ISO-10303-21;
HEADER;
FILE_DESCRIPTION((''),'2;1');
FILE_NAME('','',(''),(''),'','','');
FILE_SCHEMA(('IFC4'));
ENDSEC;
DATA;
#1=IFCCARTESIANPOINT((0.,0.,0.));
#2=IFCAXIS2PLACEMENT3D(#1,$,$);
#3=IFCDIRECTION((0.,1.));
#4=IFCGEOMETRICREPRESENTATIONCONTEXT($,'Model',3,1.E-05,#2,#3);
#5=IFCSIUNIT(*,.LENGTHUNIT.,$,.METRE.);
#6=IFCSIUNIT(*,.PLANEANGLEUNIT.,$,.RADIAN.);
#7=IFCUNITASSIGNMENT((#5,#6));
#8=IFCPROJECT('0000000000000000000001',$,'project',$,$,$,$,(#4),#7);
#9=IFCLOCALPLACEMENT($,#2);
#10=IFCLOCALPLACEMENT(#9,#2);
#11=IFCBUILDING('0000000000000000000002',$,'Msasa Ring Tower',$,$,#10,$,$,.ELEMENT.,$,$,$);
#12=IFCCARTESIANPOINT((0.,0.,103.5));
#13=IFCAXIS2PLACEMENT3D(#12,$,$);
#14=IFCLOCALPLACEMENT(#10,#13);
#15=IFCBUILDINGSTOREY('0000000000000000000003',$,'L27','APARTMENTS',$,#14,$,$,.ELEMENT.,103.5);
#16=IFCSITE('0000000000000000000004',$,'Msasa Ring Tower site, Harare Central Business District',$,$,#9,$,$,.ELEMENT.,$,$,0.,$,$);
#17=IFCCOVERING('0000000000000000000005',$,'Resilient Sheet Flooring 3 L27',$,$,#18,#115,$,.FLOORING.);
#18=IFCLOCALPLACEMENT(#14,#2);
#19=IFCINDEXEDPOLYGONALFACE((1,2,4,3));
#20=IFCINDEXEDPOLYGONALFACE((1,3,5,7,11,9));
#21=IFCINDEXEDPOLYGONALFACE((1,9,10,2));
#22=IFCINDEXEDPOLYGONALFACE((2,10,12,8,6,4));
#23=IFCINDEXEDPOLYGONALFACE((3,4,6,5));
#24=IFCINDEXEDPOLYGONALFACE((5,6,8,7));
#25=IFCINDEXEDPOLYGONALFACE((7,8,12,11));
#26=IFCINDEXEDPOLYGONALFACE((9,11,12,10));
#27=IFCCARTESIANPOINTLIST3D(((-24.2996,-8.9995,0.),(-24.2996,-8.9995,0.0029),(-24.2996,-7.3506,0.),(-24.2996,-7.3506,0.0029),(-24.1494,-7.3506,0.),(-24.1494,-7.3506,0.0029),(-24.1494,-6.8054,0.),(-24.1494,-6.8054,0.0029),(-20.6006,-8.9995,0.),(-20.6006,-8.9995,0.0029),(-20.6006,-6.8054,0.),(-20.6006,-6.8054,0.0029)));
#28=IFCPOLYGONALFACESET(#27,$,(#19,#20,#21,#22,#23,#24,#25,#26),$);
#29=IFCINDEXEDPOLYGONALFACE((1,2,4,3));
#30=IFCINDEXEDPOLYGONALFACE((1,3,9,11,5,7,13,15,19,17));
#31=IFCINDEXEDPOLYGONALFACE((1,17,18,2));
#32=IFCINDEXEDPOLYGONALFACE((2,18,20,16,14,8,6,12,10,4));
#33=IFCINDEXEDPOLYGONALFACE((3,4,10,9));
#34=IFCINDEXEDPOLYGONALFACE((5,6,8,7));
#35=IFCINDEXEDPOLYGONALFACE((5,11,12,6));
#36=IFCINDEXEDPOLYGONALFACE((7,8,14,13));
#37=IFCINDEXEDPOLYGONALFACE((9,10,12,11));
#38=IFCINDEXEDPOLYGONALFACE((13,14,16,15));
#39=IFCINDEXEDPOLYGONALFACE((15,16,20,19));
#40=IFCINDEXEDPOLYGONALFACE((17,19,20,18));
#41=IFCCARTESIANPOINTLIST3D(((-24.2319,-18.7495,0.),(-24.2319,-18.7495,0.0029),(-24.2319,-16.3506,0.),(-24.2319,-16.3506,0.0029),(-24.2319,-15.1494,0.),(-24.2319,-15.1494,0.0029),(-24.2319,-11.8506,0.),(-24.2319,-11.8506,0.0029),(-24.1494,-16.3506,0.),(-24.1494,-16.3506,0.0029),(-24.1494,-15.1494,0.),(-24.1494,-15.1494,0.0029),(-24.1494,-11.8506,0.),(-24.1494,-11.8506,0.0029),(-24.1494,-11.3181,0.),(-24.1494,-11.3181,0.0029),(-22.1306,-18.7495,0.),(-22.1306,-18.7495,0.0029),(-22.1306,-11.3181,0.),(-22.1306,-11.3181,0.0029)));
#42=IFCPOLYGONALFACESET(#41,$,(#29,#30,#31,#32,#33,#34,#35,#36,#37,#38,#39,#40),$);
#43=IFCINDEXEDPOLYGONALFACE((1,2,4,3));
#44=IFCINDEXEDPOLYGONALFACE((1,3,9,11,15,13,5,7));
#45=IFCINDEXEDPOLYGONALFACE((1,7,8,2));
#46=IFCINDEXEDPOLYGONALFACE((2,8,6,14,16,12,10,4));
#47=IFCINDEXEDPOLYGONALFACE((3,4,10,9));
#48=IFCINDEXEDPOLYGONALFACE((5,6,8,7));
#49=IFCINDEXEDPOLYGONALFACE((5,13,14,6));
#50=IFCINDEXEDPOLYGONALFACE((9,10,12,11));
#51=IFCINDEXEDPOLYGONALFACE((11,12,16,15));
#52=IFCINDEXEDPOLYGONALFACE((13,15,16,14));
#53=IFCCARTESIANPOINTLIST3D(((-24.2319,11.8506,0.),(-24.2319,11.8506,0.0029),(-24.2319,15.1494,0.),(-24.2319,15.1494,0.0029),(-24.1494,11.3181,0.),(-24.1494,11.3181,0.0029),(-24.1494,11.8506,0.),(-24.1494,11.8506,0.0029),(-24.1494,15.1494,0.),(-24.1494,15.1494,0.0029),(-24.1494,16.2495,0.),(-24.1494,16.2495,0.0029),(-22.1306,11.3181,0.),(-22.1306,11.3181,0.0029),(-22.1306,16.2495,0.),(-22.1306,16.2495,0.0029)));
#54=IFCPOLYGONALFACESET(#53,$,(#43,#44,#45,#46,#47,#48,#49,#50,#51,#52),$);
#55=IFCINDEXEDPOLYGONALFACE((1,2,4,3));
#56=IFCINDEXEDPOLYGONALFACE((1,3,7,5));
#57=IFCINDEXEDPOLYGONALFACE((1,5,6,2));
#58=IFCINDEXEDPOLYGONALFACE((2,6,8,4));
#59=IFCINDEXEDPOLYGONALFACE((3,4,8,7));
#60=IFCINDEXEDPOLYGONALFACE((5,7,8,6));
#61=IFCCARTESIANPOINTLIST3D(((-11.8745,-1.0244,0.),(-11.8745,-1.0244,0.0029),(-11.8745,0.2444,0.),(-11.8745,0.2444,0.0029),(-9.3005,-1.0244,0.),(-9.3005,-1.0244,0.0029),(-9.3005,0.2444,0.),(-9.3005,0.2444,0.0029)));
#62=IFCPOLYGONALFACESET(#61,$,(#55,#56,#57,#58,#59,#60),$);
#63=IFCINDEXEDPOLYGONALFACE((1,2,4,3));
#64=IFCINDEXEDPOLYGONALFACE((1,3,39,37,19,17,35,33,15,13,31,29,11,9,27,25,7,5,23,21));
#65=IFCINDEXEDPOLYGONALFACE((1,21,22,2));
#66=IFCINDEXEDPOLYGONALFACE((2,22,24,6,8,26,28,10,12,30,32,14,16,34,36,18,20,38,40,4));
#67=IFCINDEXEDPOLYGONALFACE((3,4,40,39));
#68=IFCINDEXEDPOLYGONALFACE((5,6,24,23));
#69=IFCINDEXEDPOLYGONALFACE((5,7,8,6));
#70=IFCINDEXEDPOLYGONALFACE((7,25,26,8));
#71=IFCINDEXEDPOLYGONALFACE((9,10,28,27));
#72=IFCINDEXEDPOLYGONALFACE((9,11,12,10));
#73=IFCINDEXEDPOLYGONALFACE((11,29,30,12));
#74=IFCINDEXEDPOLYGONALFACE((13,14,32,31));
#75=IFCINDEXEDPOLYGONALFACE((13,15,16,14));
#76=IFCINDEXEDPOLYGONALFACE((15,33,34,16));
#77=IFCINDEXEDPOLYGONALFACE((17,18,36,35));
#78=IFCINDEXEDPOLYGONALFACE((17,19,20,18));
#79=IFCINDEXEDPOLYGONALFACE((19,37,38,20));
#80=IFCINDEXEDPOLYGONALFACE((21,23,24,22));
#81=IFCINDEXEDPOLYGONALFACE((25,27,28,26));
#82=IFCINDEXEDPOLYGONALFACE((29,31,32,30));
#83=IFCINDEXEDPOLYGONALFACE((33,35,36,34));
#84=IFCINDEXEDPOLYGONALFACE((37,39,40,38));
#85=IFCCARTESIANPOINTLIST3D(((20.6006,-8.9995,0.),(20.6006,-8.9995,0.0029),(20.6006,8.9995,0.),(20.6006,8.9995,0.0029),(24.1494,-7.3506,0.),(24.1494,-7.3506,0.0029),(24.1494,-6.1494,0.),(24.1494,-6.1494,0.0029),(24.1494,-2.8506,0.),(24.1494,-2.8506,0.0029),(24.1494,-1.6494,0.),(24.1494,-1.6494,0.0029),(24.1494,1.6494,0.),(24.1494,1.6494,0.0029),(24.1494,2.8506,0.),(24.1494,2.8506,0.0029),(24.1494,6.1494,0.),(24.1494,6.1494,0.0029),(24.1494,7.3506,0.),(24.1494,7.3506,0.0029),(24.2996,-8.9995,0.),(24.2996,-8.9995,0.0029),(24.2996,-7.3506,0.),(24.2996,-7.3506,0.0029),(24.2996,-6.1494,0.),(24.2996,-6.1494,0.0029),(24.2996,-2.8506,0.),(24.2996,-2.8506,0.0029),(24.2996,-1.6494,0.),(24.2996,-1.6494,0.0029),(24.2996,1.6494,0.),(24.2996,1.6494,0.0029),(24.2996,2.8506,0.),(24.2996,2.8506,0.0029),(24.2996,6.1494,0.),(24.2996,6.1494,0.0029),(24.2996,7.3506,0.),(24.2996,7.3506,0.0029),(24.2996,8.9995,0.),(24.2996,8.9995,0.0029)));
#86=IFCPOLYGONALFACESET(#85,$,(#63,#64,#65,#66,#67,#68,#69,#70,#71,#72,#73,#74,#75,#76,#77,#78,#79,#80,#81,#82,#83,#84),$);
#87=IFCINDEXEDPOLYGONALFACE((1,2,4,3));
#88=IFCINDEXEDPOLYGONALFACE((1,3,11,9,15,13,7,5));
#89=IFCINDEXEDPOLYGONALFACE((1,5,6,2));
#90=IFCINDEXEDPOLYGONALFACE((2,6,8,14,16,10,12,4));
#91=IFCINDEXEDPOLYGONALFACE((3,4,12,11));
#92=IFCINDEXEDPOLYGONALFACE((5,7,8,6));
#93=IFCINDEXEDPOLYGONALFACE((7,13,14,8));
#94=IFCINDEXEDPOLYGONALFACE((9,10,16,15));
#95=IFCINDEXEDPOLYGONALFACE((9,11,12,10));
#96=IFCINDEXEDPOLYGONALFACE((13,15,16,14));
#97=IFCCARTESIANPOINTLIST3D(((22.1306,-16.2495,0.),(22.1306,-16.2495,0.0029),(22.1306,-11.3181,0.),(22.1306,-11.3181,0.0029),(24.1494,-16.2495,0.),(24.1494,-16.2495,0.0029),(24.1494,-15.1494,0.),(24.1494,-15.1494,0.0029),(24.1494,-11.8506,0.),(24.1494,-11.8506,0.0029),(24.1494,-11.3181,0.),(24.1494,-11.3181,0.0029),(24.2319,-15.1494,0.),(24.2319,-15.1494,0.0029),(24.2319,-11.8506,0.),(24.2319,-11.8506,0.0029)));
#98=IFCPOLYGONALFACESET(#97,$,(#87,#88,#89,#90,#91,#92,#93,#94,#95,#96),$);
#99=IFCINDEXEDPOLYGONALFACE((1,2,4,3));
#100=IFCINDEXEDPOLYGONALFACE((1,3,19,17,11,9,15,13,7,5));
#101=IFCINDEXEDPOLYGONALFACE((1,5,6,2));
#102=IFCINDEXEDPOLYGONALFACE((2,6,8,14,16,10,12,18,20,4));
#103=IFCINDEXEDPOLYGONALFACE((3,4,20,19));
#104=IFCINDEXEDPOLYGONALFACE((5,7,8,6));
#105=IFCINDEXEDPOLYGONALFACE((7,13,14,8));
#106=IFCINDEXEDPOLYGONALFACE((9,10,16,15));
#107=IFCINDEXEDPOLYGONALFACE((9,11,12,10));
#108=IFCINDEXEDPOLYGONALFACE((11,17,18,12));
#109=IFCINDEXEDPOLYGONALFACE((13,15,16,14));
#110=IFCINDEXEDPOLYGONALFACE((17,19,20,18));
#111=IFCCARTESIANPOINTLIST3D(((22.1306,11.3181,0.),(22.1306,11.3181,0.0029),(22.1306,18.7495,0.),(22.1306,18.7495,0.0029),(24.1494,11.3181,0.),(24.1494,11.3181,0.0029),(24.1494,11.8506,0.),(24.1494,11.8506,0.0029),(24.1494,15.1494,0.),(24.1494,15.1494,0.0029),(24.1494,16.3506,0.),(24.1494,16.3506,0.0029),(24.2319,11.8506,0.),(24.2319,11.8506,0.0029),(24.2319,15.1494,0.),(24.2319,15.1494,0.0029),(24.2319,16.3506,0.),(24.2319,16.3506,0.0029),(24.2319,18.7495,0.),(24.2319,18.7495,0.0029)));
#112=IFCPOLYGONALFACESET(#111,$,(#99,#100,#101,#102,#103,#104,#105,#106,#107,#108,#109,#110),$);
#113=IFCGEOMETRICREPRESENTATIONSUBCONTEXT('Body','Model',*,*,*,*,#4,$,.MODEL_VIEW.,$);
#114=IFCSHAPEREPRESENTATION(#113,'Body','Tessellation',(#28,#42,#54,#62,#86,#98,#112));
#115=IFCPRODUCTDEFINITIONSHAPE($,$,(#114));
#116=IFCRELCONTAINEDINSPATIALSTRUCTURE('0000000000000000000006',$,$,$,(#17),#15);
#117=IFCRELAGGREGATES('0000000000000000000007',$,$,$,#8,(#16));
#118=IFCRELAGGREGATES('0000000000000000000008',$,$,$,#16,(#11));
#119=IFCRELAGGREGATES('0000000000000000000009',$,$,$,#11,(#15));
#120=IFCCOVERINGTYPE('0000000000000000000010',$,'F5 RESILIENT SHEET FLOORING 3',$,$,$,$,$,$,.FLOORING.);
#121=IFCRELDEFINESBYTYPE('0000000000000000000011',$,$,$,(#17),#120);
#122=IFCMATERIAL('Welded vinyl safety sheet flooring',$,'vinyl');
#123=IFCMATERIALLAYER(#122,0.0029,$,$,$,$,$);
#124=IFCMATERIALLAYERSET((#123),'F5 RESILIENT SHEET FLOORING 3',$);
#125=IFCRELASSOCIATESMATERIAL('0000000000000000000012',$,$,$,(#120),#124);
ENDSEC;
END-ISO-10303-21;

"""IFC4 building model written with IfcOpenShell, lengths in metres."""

from ifc_helpers import new_model, si_unit, direction, frame, origin, place, context, subcontext, project, spatial, line, indexed_curve, outline, extrude, material, layer, layer_set, type_object, element, save


model = new_model("IFC4")

# Units and contexts
model_context = context("Model", 3, precision=1e-05, world=origin(), true_north=direction((0.0, 1.0)))
body_context = subcontext(model_context, "Body", "Model", "MODEL_VIEW")
ifc_project = project(units=[si_unit("LENGTHUNIT", "METRE"), si_unit("PLANEANGLEUNIT", "RADIAN")], contexts=[model_context])

# Site, building, storey
site_placement = place(None, origin())
site = spatial("IfcSite", under=ifc_project, at=site_placement, Name="Msasa Ring Tower site, Harare Central Business District", CompositionType="ELEMENT", RefElevation=0.0)
building_placement = place(site_placement, origin())
building = spatial("IfcBuilding", under=site, at=building_placement, Name="Msasa Ring Tower", CompositionType="ELEMENT")
storey_placement = place(building_placement, frame((0.0, 0.0, 103.5)))
storey = spatial("IfcBuildingStorey", under=building, at=storey_placement, Name="L27", Description="APARTMENTS", CompositionType="ELEMENT", Elevation=103.5)

# Covering
ifc_material_1 = material(Name="Welded vinyl safety sheet flooring", Category="vinyl")
ifc_layer_1 = layer(ifc_material_1, 0.0029)
ifc_layer_set_1 = layer_set([ifc_layer_1], Name="F5 RESILIENT SHEET FLOORING 3")
covering_type_1 = type_object("IfcCoveringType", Name="F5 RESILIENT SHEET FLOORING 3", PredefinedType="FLOORING", material=ifc_layer_set_1)
covering_1_placement = place(storey_placement, origin())
element("IfcCovering", 1, at=covering_1_placement, inside=storey, type_object=covering_type_1, Name="Resilient Sheet Flooring 3 L27", PredefinedType="FLOORING", context=body_context, shape_type="SweptSolid", body=[
    extrude(outline(indexed_curve([(-20.6006, -8.9995), (-24.2996, -8.9995), (-24.2996, -7.3506), (-24.1494, -7.3506), (-24.1494, -6.8054), (-20.6006, -6.8054)], segments=[line(1, 2, 3, 4, 5, 6, 1)], self_intersect=False)), origin(), (0.0, 0.0, 1.0), 0.0029),
    extrude(outline(indexed_curve([(-24.2319, -16.3506), (-24.1494, -16.3506), (-24.1494, -15.1494), (-24.2319, -15.1494), (-24.2319, -11.8506), (-24.1494, -11.8506), (-24.1494, -11.3181), (-22.1306, -11.3181), (-22.1306, -18.7495), (-24.2319, -18.7495)], segments=[line(1, 2, 3, 4, 5, 6, 7, 8, 9, 10, 1)], self_intersect=False)), origin(), (0.0, 0.0, 1.0), 0.0029),
    extrude(outline(indexed_curve([(-24.2319, 15.1494), (-24.1494, 15.1494), (-24.1494, 16.2495), (-22.1306, 16.2495), (-22.1306, 11.3181), (-24.1494, 11.3181), (-24.1494, 11.8506), (-24.2319, 11.8506)], segments=[line(1, 2, 3, 4, 5, 6, 7, 8, 1)], self_intersect=False)), origin(), (0.0, 0.0, 1.0), 0.0029),
    extrude(outline(indexed_curve([(-11.8745, 0.2444), (-9.3005, 0.2444), (-9.3005, -1.0244), (-11.8745, -1.0244)], segments=[line(1, 2, 3, 4, 1)], self_intersect=False)), origin(), (0.0, 0.0, 1.0), 0.0029),
    extrude(outline(indexed_curve([(20.6006, -8.9995), (20.6006, 8.9995), (24.2996, 8.9995), (24.2996, 7.3506), (24.1494, 7.3506), (24.1494, 6.1494), (24.2996, 6.1494), (24.2996, 2.8506), (24.1494, 2.8506), (24.1494, 1.6494), (24.2996, 1.6494), (24.2996, -1.6494), (24.1494, -1.6494), (24.1494, -2.8506), (24.2996, -2.8506), (24.2996, -6.1494), (24.1494, -6.1494), (24.1494, -7.3506), (24.2996, -7.3506), (24.2996, -8.9995)], segments=[line(1, 2, 3, 4, 5, 6, 7, 8, 9, 10, 11, 12, 13, 14, 15, 16, 17, 18, 19, 20, 1)], self_intersect=False)), origin(), (0.0, 0.0, 1.0), 0.0029),
    extrude(outline(indexed_curve([(22.1306, -11.3181), (24.1494, -11.3181), (24.1494, -11.8506), (24.2319, -11.8506), (24.2319, -15.1494), (24.1494, -15.1494), (24.1494, -16.2495), (22.1306, -16.2495)], segments=[line(1, 2, 3, 4, 5, 6, 7, 8, 1)], self_intersect=False)), origin(), (0.0, 0.0, 1.0), 0.0029),
    extrude(outline(indexed_curve([(22.1306, 18.7495), (24.2319, 18.7495), (24.2319, 16.3506), (24.1494, 16.3506), (24.1494, 15.1494), (24.2319, 15.1494), (24.2319, 11.8506), (24.1494, 11.8506), (24.1494, 11.3181), (22.1306, 11.3181)], segments=[line(1, 2, 3, 4, 5, 6, 7, 8, 9, 10, 1)], self_intersect=False)), origin(), (0.0, 0.0, 1.0), 0.0029),
])

save(model, "model.ifc")
